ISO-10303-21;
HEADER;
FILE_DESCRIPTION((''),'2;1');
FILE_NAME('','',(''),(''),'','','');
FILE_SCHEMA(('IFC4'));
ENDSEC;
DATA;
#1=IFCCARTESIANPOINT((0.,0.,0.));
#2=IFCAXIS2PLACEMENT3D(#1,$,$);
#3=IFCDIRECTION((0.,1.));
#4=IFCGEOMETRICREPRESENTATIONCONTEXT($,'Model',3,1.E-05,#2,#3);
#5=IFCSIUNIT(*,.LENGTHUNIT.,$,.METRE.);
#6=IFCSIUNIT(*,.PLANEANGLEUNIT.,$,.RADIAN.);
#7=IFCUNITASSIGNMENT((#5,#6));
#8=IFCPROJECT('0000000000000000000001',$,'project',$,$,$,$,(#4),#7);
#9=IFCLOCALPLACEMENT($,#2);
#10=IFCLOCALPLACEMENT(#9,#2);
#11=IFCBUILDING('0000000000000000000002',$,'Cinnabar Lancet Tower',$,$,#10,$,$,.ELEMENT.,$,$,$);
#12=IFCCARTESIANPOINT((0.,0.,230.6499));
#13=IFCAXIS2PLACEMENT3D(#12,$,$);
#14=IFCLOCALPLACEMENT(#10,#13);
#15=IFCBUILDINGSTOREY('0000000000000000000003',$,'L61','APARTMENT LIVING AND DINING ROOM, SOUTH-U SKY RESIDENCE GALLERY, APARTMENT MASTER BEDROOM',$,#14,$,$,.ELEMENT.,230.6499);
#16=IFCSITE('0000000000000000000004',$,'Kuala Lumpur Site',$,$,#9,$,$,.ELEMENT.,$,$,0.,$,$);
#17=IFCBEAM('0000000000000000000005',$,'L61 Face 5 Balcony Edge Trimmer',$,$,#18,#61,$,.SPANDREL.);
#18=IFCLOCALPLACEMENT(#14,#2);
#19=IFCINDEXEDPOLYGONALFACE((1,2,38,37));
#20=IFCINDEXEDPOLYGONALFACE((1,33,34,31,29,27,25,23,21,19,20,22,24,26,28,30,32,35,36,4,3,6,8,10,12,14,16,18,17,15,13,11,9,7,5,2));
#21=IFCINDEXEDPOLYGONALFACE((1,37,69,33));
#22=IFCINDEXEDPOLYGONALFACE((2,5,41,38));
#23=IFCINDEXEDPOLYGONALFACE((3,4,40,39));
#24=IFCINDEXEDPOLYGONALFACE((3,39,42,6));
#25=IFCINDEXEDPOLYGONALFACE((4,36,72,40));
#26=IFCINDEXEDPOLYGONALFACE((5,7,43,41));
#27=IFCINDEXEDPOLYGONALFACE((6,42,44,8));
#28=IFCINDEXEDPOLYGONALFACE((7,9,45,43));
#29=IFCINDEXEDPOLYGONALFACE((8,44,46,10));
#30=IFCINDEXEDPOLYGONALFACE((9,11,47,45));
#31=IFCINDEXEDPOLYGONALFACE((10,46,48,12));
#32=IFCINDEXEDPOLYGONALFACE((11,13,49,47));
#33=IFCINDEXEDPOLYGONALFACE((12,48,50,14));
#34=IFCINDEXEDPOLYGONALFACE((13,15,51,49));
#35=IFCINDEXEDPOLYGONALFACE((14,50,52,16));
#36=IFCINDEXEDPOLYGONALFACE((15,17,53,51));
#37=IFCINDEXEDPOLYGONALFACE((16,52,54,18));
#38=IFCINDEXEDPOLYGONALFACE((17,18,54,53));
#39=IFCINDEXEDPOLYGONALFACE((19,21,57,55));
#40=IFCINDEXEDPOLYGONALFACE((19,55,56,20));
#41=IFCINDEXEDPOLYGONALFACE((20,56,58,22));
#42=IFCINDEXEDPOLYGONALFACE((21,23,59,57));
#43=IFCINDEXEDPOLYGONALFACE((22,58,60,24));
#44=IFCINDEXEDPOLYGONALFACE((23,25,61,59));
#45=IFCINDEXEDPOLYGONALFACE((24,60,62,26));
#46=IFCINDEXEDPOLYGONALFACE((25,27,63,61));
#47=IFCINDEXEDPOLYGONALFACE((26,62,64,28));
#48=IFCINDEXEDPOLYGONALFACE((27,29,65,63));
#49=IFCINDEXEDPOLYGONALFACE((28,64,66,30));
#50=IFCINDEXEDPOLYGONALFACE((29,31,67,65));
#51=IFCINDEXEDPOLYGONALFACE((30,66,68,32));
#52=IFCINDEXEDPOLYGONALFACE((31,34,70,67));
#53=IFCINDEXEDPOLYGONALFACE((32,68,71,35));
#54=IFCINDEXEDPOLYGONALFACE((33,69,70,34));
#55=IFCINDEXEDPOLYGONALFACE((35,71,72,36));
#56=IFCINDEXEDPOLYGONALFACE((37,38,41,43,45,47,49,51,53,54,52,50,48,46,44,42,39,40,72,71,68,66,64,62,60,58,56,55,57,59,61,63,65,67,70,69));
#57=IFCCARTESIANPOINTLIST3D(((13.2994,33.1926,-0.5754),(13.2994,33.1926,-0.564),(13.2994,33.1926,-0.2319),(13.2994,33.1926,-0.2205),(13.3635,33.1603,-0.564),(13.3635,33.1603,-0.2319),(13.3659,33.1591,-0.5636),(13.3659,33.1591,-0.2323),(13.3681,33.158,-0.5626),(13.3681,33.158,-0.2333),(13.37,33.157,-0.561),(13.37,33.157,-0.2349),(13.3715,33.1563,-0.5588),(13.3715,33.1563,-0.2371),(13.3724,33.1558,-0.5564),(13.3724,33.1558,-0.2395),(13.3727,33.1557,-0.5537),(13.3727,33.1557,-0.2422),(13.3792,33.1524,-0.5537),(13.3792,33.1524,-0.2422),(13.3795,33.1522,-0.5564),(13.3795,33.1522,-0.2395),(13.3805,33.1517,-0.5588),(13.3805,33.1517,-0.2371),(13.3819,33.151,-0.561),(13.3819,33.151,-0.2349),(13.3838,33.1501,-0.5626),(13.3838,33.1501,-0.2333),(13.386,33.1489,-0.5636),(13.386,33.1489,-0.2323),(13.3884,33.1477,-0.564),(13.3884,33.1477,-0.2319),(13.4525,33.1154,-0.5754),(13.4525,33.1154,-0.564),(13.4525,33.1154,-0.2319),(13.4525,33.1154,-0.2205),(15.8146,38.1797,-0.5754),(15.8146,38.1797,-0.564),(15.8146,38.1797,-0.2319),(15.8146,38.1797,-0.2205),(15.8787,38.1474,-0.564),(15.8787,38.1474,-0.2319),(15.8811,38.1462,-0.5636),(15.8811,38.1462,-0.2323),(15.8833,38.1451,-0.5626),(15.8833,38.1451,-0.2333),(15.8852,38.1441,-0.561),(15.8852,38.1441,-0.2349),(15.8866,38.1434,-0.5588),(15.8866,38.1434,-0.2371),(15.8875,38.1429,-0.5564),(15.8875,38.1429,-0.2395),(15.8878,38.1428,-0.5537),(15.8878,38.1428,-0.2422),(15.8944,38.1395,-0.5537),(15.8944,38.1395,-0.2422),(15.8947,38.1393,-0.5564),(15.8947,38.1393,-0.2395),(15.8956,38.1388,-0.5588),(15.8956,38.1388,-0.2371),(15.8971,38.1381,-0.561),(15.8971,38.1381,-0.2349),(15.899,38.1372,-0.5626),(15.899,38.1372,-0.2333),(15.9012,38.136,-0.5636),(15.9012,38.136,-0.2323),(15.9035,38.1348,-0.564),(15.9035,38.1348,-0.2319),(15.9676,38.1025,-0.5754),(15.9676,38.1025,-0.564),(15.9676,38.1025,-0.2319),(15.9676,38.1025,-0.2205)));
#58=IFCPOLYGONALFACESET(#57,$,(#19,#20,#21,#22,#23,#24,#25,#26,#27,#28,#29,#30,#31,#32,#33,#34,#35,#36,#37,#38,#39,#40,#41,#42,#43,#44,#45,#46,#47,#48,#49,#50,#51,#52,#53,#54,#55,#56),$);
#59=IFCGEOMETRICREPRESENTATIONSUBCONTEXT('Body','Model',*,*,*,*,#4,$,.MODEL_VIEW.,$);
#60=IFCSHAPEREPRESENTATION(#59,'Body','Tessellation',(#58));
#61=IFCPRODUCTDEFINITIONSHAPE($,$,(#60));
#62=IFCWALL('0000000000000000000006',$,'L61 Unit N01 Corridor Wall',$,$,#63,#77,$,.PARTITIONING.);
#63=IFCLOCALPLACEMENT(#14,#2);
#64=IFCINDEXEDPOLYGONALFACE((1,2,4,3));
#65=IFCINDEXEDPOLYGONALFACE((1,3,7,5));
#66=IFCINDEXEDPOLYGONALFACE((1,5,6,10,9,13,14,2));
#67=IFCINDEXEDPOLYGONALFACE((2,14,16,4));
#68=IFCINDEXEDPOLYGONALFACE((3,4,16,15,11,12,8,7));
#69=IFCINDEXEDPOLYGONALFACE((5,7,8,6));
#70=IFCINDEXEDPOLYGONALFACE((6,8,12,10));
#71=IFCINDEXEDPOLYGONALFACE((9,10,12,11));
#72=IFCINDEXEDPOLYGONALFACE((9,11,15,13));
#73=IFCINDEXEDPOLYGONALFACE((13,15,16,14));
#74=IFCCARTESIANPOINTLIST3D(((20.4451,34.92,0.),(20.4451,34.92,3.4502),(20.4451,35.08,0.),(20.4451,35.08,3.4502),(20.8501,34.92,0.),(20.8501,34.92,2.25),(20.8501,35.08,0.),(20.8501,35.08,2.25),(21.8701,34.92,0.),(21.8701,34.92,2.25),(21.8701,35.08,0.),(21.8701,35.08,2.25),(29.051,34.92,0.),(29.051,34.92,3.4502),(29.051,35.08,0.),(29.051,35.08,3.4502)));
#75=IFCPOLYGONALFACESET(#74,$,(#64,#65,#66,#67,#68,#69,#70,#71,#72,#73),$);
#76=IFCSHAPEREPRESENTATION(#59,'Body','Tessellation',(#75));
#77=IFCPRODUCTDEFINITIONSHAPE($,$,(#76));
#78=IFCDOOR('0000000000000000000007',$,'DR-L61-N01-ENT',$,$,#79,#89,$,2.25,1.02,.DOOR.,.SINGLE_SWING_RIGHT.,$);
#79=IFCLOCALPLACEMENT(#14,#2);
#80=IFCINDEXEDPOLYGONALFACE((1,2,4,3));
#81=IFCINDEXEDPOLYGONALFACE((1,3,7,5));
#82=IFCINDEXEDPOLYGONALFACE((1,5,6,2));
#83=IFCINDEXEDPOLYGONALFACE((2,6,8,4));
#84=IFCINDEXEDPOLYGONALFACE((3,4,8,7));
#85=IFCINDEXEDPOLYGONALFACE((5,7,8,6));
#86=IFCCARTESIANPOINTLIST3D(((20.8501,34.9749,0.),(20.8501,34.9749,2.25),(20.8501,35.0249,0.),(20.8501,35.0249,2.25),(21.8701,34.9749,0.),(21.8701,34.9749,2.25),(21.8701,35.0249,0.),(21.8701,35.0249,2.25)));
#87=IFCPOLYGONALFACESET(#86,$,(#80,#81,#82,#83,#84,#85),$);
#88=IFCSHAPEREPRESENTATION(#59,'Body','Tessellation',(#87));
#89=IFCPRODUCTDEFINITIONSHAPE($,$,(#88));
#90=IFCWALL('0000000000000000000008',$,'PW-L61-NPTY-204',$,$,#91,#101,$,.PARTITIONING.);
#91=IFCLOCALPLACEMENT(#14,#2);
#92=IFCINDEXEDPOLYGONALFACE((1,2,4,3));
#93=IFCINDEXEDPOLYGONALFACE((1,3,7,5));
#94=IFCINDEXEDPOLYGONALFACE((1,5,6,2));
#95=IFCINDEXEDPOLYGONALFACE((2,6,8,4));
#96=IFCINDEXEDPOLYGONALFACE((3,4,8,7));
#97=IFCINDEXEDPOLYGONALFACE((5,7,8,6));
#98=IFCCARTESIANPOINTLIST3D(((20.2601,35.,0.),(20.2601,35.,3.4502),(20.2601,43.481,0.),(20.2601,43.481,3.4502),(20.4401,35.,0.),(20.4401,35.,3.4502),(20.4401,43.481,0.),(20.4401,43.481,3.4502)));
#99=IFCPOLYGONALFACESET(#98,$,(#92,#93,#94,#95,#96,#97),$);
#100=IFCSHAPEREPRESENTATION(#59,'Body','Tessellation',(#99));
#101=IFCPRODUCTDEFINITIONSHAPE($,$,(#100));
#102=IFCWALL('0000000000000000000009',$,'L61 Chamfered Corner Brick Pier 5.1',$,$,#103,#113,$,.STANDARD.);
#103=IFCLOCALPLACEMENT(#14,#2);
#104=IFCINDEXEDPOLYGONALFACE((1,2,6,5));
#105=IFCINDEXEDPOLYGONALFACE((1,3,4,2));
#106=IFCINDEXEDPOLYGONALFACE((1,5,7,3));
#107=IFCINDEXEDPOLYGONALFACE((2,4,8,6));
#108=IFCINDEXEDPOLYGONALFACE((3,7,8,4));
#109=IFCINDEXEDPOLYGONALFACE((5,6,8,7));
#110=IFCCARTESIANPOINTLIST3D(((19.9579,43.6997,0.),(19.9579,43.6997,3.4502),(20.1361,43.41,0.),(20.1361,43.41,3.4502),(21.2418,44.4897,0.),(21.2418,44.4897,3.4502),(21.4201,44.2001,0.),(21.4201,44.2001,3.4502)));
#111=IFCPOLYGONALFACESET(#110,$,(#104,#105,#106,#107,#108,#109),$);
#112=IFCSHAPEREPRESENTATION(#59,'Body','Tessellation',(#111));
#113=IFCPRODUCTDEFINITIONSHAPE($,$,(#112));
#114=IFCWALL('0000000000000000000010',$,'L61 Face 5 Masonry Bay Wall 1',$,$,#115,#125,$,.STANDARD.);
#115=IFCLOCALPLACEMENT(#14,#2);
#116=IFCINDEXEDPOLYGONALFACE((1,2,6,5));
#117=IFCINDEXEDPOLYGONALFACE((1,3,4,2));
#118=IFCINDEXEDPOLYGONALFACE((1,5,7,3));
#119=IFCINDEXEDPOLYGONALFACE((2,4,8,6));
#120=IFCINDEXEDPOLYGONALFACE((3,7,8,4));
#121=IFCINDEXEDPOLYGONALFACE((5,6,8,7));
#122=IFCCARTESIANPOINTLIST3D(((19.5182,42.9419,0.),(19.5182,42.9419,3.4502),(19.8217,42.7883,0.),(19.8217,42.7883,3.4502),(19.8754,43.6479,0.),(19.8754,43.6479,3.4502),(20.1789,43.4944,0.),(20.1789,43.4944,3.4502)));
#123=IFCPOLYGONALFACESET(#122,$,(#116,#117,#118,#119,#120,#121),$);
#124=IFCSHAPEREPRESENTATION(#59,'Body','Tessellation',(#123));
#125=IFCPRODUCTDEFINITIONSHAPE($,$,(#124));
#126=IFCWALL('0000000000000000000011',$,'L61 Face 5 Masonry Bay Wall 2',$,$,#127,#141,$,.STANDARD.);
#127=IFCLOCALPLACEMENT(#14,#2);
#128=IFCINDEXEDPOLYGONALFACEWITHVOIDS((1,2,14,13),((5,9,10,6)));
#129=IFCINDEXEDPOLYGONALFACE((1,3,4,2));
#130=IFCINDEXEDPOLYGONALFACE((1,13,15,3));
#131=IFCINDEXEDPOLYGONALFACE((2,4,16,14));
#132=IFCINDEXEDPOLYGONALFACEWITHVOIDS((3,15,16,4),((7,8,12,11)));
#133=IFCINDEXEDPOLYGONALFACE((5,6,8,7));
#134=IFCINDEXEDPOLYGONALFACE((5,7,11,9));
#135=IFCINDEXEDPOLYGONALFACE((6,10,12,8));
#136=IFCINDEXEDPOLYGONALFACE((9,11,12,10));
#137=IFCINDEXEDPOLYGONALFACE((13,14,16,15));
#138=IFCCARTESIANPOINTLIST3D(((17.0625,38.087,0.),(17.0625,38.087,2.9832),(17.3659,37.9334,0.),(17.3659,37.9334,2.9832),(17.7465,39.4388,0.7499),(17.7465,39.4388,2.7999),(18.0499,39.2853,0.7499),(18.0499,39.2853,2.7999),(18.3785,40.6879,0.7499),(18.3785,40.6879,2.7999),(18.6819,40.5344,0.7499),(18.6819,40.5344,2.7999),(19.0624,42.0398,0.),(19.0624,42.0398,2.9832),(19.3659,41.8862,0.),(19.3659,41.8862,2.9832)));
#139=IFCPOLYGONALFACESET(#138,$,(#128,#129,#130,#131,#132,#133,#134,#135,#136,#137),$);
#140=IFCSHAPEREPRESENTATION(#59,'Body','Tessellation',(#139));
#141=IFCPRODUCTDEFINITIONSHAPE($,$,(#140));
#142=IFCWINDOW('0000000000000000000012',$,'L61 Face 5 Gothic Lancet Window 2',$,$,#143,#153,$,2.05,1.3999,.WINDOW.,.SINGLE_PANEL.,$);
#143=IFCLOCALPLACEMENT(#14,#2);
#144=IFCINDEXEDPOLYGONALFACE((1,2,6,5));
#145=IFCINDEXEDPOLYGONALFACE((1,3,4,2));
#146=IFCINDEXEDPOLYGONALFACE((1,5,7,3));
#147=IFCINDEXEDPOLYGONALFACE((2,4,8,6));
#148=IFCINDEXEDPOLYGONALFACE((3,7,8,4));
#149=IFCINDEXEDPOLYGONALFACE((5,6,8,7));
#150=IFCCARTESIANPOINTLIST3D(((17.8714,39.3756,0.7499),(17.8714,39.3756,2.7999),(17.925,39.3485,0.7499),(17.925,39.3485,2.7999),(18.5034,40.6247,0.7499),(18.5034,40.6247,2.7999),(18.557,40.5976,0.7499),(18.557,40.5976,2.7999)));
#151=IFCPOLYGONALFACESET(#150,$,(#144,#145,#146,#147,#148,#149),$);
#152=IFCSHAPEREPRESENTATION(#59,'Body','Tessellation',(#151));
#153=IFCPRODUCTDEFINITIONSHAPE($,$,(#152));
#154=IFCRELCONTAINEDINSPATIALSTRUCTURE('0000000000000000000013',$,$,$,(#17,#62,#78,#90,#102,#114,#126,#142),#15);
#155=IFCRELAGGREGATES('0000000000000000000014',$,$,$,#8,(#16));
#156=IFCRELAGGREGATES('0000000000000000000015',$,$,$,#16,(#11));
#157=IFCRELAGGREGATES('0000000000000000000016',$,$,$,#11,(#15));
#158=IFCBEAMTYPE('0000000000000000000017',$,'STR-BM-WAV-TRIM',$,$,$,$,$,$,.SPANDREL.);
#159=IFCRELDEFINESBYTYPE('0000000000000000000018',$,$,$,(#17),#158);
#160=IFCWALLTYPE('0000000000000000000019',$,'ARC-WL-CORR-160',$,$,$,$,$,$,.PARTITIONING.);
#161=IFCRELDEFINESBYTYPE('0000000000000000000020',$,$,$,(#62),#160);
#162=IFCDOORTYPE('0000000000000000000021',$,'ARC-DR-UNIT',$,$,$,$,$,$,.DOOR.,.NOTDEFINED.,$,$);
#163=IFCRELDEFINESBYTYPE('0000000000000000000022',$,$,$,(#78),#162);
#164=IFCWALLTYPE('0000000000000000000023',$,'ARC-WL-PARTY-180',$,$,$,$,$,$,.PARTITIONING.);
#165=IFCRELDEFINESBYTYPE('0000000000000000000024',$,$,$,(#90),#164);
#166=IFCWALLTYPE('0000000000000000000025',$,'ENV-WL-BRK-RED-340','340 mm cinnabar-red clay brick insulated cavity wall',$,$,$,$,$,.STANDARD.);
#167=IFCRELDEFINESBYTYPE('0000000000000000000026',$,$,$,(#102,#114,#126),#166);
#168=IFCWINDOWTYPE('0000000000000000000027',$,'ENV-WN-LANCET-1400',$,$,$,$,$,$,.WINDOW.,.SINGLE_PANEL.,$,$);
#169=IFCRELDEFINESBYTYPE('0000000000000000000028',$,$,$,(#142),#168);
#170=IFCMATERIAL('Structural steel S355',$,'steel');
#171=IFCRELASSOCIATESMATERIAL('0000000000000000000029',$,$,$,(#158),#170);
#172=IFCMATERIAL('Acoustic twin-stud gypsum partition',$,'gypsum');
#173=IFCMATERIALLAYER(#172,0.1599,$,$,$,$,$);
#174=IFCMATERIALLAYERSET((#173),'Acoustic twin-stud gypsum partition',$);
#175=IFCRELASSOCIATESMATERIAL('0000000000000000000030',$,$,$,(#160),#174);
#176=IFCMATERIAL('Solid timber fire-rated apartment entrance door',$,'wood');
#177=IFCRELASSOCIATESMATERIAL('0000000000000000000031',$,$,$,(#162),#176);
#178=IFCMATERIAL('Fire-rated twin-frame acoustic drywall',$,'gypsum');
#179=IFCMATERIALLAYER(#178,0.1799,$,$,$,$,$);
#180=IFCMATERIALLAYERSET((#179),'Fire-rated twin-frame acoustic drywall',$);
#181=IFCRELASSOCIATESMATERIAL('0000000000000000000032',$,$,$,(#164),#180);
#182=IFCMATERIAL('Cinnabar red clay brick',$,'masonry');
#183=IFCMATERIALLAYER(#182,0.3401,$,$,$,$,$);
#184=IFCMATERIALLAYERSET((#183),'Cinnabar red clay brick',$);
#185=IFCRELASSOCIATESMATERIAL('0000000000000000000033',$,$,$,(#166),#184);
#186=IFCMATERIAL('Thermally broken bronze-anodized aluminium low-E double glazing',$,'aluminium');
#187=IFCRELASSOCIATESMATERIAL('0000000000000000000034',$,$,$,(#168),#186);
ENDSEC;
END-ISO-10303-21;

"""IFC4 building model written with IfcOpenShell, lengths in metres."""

from ifc_helpers import new_model, si_unit, direction, frame, frame_2d, origin, origin_2d, place, context, subcontext, project, spatial, rectangle, i_section, extrude, material, layer, layer_set, material_profile, profile_set, type_object, element, fill, save


model = new_model("IFC4")

# Units and contexts
model_context = context("Model", 3, precision=1e-05, world=origin(), true_north=direction((0.0, 1.0)))
body_context = subcontext(model_context, "Body", "Model", "MODEL_VIEW")
ifc_project = project(units=[si_unit("LENGTHUNIT", "METRE"), si_unit("PLANEANGLEUNIT", "RADIAN")], contexts=[model_context])

# Site, building, storey
site_placement = place(None, origin())
site = spatial("IfcSite", under=ifc_project, at=site_placement, Name="Kuala Lumpur Site", CompositionType="ELEMENT", RefElevation=0.0)
building_placement = place(site_placement, origin())
building = spatial("IfcBuilding", under=site, at=building_placement, Name="Cinnabar Lancet Tower", CompositionType="ELEMENT")
storey_placement = place(building_placement, frame((0.0, 0.0, 230.6499)))
storey = spatial("IfcBuildingStorey", under=building, at=storey_placement, Name="L61", Description="APARTMENT LIVING AND DINING ROOM, SOUTH-U SKY RESIDENCE GALLERY, APARTMENT MASTER BEDROOM", CompositionType="ELEMENT", Elevation=230.6499)

# Beam
ifc_material_1 = material(Name="Structural steel S355", Category="steel")
ifc_material_profile_1 = material_profile(ifc_material_1, i_section(OverallWidth=0.1714, OverallDepth=0.355, WebThickness=0.0073, FlangeThickness=0.0115, FilletRadius=0.0103, at=origin_2d()), Name="UKB 356x171x51")
ifc_profile_set_1 = profile_set([ifc_material_profile_1], Name="Structural steel S355")
beam_type_1 = type_object("IfcBeamType", Name="STR-BM-WAV-TRIM", PredefinedType="SPANDREL", material=ifc_profile_set_1)
beam_1_placement = place(storey_placement, frame((15.8911, 38.1411, -0.3979), z_axis=(-0.450306, -0.892874, 0.0), x_axis=(0.892874, -0.450306, 0.0)))
element("IfcBeam", 1, at=beam_1_placement, inside=storey, type_object=beam_type_1, Name="L61 Face 5 Balcony Edge Trimmer", PredefinedType="SPANDREL", context=body_context, shape_type="SweptSolid", body=[
    extrude(i_section(OverallWidth=0.1714, OverallDepth=0.355, WebThickness=0.0073, FlangeThickness=0.0115, FilletRadius=0.0103, at=origin_2d()), origin(), (0.0, 0.0, 1.0), 5.5854),
])

# Wall, opening, door
ifc_material_2 = material(Name="Acoustic twin-stud gypsum partition", Category="gypsum")
ifc_layer_1 = layer(ifc_material_2, 0.1599)
ifc_layer_set_1 = layer_set([ifc_layer_1], Name="Acoustic twin-stud gypsum partition")
wall_type_1 = type_object("IfcWallType", Name="ARC-WL-CORR-160", PredefinedType="PARTITIONING", material=ifc_layer_set_1)
wall_1_placement = place(storey_placement, frame((20.4451, 35.0, 0.0), z_axis=(0.0, 0.0, 1.0), x_axis=(1.0, 0.0, 0.0)))
wall_1 = element("IfcWall", 2, at=wall_1_placement, inside=storey, type_object=wall_type_1, Name="L61 Unit N01 Corridor Wall", PredefinedType="PARTITIONING", context=body_context, shape_type="SweptSolid", body=[
    extrude(rectangle(XDim=8.606, YDim=0.1599, at=frame_2d((4.303, 0.0))), origin(), (0.0, 0.0, 1.0), 3.4502),
])
opening_1_placement = place(wall_1_placement, frame((0.405, 0.0, 0.0)))
opening_1 = element("IfcOpeningElement", 3, at=opening_1_placement, cuts=wall_1, PredefinedType="OPENING", context=body_context, shape_type="SweptSolid", body=[
    extrude(rectangle(XDim=1.02, YDim=2.25, at=frame_2d((0.51, 1.125))), frame((0.0, 0.0898, 0.0), z_axis=(0.0, -1.0, 0.0), x_axis=(1.0, 0.0, 0.0)), (0.0, 0.0, 1.0), 0.1799),
])
ifc_material_3 = material(Name="Solid timber fire-rated apartment entrance door", Category="wood")
door_type_1 = type_object("IfcDoorType", Name="ARC-DR-UNIT", OperationType="NOTDEFINED", PredefinedType="DOOR", material=ifc_material_3)
door_1_placement = place(opening_1_placement, origin())
door_1 = element("IfcDoor", 4, at=door_1_placement, inside=storey, type_object=door_type_1, Name="DR-L61-N01-ENT", OperationType="SINGLE_SWING_RIGHT", OverallHeight=2.25, OverallWidth=1.02, PredefinedType="DOOR", context=body_context, shape_type="SweptSolid", body=[
    extrude(rectangle(XDim=1.02, YDim=2.25, at=frame_2d((0.51, 1.125))), frame((0.0, 0.0249, 0.0), z_axis=(0.0, -1.0, 0.0), x_axis=(1.0, 0.0, 0.0)), (0.0, 0.0, 1.0), 0.05),
])
fill(opening_1, door_1)

# Walls
ifc_material_4 = material(Name="Fire-rated twin-frame acoustic drywall", Category="gypsum")
ifc_layer_2 = layer(ifc_material_4, 0.1799)
ifc_layer_set_2 = layer_set([ifc_layer_2], Name="Fire-rated twin-frame acoustic drywall")
wall_type_2 = type_object("IfcWallType", Name="ARC-WL-PARTY-180", PredefinedType="PARTITIONING", material=ifc_layer_set_2)
wall_2_placement = place(storey_placement, frame((20.3501, 35.0, 0.0), z_axis=(0.0, 0.0, 1.0), x_axis=(0.0, 1.0, 0.0)))
element("IfcWall", 5, at=wall_2_placement, inside=storey, type_object=wall_type_2, Name="PW-L61-NPTY-204", PredefinedType="PARTITIONING", context=body_context, shape_type="SweptSolid", body=[
    extrude(rectangle(XDim=8.481, YDim=0.1799, at=frame_2d((4.2405, 0.0))), origin(), (0.0, 0.0, 1.0), 3.4502),
])
ifc_material_5 = material(Name="Cinnabar red clay brick", Category="masonry")
ifc_layer_3 = layer(ifc_material_5, 0.3401)
ifc_layer_set_3 = layer_set([ifc_layer_3], Name="Cinnabar red clay brick")
wall_type_3 = type_object("IfcWallType", Name="ENV-WL-BRK-RED-340", Description="340 mm cinnabar-red clay brick insulated cavity wall", PredefinedType="STANDARD", material=ifc_layer_set_3)
wall_3_placement = place(storey_placement, frame((21.3311, 44.345, 0.0), z_axis=(0.0, 0.0, 1.0), x_axis=(-0.851681, -0.524061, 0.0)))
element("IfcWall", 6, at=wall_3_placement, inside=storey, type_object=wall_type_3, Name="L61 Chamfered Corner Brick Pier 5.1", PredefinedType="STANDARD", context=body_context, shape_type="SweptSolid", body=[
    extrude(rectangle(XDim=1.5076, YDim=0.3401, at=frame_2d((0.7539, 0.0))), origin(), (0.0, 0.0, 1.0), 3.4502),
])
wall_4_placement = place(storey_placement, frame((20.0271, 43.571, 0.0), z_axis=(0.0, 0.0, 1.0), x_axis=(-0.451405, -0.892319, 0.0)))
element("IfcWall", 7, at=wall_4_placement, inside=storey, type_object=wall_type_3, Name="L61 Face 5 Masonry Bay Wall 1", PredefinedType="STANDARD", context=body_context, shape_type="SweptSolid", body=[
    extrude(rectangle(XDim=0.7913, YDim=0.3401, at=frame_2d((0.3955, 0.0))), origin(), (0.0, 0.0, 1.0), 3.4502),
])

# Wall, opening, window
wall_5_placement = place(storey_placement, frame((19.2141, 41.9629, 0.0), z_axis=(0.0, 0.0, 1.0), x_axis=(-0.451463, -0.89229, 0.0)))
wall_5 = element("IfcWall", 8, at=wall_5_placement, inside=storey, type_object=wall_type_3, Name="L61 Face 5 Masonry Bay Wall 2", PredefinedType="STANDARD", context=body_context, shape_type="SweptSolid", body=[
    extrude(rectangle(XDim=4.4299, YDim=0.3401, at=frame_2d((2.2148, 0.0))), origin(), (0.0, 0.0, 1.0), 2.9832),
])
opening_2_placement = place(wall_5_placement, frame((1.5149, 0.0, 0.75)))
opening_2 = element("IfcOpeningElement", 9, at=opening_2_placement, cuts=wall_5, PredefinedType="OPENING", context=body_context, shape_type="SweptSolid", body=[
    extrude(rectangle(XDim=1.3999, YDim=2.05, at=frame_2d((0.7, 1.0249))), frame((0.0, 0.1799, 0.0), z_axis=(0.0, -1.0, 0.0), x_axis=(1.0, 0.0, 0.0)), (0.0, 0.0, 1.0), 0.3601),
])
ifc_material_6 = material(Name="Thermally broken bronze-anodized aluminium low-E double glazing", Category="aluminium")
window_type_1 = type_object("IfcWindowType", Name="ENV-WN-LANCET-1400", PartitioningType="SINGLE_PANEL", PredefinedType="WINDOW", material=ifc_material_6)
window_1_placement = place(opening_2_placement, origin())
window_1 = element("IfcWindow", 10, at=window_1_placement, inside=storey, type_object=window_type_1, Name="L61 Face 5 Gothic Lancet Window 2", OverallHeight=2.05, OverallWidth=1.3999, PartitioningType="SINGLE_PANEL", PredefinedType="WINDOW", context=body_context, shape_type="SweptSolid", body=[
    extrude(rectangle(XDim=1.3999, YDim=2.05, at=frame_2d((0.7, 1.0249))), frame((0.0, 0.03, 0.0), z_axis=(0.0, -1.0, 0.0), x_axis=(1.0, 0.0, 0.0)), (0.0, 0.0, 1.0), 0.0601),
])
fill(opening_2, window_1)

save(model, "model.ifc")
